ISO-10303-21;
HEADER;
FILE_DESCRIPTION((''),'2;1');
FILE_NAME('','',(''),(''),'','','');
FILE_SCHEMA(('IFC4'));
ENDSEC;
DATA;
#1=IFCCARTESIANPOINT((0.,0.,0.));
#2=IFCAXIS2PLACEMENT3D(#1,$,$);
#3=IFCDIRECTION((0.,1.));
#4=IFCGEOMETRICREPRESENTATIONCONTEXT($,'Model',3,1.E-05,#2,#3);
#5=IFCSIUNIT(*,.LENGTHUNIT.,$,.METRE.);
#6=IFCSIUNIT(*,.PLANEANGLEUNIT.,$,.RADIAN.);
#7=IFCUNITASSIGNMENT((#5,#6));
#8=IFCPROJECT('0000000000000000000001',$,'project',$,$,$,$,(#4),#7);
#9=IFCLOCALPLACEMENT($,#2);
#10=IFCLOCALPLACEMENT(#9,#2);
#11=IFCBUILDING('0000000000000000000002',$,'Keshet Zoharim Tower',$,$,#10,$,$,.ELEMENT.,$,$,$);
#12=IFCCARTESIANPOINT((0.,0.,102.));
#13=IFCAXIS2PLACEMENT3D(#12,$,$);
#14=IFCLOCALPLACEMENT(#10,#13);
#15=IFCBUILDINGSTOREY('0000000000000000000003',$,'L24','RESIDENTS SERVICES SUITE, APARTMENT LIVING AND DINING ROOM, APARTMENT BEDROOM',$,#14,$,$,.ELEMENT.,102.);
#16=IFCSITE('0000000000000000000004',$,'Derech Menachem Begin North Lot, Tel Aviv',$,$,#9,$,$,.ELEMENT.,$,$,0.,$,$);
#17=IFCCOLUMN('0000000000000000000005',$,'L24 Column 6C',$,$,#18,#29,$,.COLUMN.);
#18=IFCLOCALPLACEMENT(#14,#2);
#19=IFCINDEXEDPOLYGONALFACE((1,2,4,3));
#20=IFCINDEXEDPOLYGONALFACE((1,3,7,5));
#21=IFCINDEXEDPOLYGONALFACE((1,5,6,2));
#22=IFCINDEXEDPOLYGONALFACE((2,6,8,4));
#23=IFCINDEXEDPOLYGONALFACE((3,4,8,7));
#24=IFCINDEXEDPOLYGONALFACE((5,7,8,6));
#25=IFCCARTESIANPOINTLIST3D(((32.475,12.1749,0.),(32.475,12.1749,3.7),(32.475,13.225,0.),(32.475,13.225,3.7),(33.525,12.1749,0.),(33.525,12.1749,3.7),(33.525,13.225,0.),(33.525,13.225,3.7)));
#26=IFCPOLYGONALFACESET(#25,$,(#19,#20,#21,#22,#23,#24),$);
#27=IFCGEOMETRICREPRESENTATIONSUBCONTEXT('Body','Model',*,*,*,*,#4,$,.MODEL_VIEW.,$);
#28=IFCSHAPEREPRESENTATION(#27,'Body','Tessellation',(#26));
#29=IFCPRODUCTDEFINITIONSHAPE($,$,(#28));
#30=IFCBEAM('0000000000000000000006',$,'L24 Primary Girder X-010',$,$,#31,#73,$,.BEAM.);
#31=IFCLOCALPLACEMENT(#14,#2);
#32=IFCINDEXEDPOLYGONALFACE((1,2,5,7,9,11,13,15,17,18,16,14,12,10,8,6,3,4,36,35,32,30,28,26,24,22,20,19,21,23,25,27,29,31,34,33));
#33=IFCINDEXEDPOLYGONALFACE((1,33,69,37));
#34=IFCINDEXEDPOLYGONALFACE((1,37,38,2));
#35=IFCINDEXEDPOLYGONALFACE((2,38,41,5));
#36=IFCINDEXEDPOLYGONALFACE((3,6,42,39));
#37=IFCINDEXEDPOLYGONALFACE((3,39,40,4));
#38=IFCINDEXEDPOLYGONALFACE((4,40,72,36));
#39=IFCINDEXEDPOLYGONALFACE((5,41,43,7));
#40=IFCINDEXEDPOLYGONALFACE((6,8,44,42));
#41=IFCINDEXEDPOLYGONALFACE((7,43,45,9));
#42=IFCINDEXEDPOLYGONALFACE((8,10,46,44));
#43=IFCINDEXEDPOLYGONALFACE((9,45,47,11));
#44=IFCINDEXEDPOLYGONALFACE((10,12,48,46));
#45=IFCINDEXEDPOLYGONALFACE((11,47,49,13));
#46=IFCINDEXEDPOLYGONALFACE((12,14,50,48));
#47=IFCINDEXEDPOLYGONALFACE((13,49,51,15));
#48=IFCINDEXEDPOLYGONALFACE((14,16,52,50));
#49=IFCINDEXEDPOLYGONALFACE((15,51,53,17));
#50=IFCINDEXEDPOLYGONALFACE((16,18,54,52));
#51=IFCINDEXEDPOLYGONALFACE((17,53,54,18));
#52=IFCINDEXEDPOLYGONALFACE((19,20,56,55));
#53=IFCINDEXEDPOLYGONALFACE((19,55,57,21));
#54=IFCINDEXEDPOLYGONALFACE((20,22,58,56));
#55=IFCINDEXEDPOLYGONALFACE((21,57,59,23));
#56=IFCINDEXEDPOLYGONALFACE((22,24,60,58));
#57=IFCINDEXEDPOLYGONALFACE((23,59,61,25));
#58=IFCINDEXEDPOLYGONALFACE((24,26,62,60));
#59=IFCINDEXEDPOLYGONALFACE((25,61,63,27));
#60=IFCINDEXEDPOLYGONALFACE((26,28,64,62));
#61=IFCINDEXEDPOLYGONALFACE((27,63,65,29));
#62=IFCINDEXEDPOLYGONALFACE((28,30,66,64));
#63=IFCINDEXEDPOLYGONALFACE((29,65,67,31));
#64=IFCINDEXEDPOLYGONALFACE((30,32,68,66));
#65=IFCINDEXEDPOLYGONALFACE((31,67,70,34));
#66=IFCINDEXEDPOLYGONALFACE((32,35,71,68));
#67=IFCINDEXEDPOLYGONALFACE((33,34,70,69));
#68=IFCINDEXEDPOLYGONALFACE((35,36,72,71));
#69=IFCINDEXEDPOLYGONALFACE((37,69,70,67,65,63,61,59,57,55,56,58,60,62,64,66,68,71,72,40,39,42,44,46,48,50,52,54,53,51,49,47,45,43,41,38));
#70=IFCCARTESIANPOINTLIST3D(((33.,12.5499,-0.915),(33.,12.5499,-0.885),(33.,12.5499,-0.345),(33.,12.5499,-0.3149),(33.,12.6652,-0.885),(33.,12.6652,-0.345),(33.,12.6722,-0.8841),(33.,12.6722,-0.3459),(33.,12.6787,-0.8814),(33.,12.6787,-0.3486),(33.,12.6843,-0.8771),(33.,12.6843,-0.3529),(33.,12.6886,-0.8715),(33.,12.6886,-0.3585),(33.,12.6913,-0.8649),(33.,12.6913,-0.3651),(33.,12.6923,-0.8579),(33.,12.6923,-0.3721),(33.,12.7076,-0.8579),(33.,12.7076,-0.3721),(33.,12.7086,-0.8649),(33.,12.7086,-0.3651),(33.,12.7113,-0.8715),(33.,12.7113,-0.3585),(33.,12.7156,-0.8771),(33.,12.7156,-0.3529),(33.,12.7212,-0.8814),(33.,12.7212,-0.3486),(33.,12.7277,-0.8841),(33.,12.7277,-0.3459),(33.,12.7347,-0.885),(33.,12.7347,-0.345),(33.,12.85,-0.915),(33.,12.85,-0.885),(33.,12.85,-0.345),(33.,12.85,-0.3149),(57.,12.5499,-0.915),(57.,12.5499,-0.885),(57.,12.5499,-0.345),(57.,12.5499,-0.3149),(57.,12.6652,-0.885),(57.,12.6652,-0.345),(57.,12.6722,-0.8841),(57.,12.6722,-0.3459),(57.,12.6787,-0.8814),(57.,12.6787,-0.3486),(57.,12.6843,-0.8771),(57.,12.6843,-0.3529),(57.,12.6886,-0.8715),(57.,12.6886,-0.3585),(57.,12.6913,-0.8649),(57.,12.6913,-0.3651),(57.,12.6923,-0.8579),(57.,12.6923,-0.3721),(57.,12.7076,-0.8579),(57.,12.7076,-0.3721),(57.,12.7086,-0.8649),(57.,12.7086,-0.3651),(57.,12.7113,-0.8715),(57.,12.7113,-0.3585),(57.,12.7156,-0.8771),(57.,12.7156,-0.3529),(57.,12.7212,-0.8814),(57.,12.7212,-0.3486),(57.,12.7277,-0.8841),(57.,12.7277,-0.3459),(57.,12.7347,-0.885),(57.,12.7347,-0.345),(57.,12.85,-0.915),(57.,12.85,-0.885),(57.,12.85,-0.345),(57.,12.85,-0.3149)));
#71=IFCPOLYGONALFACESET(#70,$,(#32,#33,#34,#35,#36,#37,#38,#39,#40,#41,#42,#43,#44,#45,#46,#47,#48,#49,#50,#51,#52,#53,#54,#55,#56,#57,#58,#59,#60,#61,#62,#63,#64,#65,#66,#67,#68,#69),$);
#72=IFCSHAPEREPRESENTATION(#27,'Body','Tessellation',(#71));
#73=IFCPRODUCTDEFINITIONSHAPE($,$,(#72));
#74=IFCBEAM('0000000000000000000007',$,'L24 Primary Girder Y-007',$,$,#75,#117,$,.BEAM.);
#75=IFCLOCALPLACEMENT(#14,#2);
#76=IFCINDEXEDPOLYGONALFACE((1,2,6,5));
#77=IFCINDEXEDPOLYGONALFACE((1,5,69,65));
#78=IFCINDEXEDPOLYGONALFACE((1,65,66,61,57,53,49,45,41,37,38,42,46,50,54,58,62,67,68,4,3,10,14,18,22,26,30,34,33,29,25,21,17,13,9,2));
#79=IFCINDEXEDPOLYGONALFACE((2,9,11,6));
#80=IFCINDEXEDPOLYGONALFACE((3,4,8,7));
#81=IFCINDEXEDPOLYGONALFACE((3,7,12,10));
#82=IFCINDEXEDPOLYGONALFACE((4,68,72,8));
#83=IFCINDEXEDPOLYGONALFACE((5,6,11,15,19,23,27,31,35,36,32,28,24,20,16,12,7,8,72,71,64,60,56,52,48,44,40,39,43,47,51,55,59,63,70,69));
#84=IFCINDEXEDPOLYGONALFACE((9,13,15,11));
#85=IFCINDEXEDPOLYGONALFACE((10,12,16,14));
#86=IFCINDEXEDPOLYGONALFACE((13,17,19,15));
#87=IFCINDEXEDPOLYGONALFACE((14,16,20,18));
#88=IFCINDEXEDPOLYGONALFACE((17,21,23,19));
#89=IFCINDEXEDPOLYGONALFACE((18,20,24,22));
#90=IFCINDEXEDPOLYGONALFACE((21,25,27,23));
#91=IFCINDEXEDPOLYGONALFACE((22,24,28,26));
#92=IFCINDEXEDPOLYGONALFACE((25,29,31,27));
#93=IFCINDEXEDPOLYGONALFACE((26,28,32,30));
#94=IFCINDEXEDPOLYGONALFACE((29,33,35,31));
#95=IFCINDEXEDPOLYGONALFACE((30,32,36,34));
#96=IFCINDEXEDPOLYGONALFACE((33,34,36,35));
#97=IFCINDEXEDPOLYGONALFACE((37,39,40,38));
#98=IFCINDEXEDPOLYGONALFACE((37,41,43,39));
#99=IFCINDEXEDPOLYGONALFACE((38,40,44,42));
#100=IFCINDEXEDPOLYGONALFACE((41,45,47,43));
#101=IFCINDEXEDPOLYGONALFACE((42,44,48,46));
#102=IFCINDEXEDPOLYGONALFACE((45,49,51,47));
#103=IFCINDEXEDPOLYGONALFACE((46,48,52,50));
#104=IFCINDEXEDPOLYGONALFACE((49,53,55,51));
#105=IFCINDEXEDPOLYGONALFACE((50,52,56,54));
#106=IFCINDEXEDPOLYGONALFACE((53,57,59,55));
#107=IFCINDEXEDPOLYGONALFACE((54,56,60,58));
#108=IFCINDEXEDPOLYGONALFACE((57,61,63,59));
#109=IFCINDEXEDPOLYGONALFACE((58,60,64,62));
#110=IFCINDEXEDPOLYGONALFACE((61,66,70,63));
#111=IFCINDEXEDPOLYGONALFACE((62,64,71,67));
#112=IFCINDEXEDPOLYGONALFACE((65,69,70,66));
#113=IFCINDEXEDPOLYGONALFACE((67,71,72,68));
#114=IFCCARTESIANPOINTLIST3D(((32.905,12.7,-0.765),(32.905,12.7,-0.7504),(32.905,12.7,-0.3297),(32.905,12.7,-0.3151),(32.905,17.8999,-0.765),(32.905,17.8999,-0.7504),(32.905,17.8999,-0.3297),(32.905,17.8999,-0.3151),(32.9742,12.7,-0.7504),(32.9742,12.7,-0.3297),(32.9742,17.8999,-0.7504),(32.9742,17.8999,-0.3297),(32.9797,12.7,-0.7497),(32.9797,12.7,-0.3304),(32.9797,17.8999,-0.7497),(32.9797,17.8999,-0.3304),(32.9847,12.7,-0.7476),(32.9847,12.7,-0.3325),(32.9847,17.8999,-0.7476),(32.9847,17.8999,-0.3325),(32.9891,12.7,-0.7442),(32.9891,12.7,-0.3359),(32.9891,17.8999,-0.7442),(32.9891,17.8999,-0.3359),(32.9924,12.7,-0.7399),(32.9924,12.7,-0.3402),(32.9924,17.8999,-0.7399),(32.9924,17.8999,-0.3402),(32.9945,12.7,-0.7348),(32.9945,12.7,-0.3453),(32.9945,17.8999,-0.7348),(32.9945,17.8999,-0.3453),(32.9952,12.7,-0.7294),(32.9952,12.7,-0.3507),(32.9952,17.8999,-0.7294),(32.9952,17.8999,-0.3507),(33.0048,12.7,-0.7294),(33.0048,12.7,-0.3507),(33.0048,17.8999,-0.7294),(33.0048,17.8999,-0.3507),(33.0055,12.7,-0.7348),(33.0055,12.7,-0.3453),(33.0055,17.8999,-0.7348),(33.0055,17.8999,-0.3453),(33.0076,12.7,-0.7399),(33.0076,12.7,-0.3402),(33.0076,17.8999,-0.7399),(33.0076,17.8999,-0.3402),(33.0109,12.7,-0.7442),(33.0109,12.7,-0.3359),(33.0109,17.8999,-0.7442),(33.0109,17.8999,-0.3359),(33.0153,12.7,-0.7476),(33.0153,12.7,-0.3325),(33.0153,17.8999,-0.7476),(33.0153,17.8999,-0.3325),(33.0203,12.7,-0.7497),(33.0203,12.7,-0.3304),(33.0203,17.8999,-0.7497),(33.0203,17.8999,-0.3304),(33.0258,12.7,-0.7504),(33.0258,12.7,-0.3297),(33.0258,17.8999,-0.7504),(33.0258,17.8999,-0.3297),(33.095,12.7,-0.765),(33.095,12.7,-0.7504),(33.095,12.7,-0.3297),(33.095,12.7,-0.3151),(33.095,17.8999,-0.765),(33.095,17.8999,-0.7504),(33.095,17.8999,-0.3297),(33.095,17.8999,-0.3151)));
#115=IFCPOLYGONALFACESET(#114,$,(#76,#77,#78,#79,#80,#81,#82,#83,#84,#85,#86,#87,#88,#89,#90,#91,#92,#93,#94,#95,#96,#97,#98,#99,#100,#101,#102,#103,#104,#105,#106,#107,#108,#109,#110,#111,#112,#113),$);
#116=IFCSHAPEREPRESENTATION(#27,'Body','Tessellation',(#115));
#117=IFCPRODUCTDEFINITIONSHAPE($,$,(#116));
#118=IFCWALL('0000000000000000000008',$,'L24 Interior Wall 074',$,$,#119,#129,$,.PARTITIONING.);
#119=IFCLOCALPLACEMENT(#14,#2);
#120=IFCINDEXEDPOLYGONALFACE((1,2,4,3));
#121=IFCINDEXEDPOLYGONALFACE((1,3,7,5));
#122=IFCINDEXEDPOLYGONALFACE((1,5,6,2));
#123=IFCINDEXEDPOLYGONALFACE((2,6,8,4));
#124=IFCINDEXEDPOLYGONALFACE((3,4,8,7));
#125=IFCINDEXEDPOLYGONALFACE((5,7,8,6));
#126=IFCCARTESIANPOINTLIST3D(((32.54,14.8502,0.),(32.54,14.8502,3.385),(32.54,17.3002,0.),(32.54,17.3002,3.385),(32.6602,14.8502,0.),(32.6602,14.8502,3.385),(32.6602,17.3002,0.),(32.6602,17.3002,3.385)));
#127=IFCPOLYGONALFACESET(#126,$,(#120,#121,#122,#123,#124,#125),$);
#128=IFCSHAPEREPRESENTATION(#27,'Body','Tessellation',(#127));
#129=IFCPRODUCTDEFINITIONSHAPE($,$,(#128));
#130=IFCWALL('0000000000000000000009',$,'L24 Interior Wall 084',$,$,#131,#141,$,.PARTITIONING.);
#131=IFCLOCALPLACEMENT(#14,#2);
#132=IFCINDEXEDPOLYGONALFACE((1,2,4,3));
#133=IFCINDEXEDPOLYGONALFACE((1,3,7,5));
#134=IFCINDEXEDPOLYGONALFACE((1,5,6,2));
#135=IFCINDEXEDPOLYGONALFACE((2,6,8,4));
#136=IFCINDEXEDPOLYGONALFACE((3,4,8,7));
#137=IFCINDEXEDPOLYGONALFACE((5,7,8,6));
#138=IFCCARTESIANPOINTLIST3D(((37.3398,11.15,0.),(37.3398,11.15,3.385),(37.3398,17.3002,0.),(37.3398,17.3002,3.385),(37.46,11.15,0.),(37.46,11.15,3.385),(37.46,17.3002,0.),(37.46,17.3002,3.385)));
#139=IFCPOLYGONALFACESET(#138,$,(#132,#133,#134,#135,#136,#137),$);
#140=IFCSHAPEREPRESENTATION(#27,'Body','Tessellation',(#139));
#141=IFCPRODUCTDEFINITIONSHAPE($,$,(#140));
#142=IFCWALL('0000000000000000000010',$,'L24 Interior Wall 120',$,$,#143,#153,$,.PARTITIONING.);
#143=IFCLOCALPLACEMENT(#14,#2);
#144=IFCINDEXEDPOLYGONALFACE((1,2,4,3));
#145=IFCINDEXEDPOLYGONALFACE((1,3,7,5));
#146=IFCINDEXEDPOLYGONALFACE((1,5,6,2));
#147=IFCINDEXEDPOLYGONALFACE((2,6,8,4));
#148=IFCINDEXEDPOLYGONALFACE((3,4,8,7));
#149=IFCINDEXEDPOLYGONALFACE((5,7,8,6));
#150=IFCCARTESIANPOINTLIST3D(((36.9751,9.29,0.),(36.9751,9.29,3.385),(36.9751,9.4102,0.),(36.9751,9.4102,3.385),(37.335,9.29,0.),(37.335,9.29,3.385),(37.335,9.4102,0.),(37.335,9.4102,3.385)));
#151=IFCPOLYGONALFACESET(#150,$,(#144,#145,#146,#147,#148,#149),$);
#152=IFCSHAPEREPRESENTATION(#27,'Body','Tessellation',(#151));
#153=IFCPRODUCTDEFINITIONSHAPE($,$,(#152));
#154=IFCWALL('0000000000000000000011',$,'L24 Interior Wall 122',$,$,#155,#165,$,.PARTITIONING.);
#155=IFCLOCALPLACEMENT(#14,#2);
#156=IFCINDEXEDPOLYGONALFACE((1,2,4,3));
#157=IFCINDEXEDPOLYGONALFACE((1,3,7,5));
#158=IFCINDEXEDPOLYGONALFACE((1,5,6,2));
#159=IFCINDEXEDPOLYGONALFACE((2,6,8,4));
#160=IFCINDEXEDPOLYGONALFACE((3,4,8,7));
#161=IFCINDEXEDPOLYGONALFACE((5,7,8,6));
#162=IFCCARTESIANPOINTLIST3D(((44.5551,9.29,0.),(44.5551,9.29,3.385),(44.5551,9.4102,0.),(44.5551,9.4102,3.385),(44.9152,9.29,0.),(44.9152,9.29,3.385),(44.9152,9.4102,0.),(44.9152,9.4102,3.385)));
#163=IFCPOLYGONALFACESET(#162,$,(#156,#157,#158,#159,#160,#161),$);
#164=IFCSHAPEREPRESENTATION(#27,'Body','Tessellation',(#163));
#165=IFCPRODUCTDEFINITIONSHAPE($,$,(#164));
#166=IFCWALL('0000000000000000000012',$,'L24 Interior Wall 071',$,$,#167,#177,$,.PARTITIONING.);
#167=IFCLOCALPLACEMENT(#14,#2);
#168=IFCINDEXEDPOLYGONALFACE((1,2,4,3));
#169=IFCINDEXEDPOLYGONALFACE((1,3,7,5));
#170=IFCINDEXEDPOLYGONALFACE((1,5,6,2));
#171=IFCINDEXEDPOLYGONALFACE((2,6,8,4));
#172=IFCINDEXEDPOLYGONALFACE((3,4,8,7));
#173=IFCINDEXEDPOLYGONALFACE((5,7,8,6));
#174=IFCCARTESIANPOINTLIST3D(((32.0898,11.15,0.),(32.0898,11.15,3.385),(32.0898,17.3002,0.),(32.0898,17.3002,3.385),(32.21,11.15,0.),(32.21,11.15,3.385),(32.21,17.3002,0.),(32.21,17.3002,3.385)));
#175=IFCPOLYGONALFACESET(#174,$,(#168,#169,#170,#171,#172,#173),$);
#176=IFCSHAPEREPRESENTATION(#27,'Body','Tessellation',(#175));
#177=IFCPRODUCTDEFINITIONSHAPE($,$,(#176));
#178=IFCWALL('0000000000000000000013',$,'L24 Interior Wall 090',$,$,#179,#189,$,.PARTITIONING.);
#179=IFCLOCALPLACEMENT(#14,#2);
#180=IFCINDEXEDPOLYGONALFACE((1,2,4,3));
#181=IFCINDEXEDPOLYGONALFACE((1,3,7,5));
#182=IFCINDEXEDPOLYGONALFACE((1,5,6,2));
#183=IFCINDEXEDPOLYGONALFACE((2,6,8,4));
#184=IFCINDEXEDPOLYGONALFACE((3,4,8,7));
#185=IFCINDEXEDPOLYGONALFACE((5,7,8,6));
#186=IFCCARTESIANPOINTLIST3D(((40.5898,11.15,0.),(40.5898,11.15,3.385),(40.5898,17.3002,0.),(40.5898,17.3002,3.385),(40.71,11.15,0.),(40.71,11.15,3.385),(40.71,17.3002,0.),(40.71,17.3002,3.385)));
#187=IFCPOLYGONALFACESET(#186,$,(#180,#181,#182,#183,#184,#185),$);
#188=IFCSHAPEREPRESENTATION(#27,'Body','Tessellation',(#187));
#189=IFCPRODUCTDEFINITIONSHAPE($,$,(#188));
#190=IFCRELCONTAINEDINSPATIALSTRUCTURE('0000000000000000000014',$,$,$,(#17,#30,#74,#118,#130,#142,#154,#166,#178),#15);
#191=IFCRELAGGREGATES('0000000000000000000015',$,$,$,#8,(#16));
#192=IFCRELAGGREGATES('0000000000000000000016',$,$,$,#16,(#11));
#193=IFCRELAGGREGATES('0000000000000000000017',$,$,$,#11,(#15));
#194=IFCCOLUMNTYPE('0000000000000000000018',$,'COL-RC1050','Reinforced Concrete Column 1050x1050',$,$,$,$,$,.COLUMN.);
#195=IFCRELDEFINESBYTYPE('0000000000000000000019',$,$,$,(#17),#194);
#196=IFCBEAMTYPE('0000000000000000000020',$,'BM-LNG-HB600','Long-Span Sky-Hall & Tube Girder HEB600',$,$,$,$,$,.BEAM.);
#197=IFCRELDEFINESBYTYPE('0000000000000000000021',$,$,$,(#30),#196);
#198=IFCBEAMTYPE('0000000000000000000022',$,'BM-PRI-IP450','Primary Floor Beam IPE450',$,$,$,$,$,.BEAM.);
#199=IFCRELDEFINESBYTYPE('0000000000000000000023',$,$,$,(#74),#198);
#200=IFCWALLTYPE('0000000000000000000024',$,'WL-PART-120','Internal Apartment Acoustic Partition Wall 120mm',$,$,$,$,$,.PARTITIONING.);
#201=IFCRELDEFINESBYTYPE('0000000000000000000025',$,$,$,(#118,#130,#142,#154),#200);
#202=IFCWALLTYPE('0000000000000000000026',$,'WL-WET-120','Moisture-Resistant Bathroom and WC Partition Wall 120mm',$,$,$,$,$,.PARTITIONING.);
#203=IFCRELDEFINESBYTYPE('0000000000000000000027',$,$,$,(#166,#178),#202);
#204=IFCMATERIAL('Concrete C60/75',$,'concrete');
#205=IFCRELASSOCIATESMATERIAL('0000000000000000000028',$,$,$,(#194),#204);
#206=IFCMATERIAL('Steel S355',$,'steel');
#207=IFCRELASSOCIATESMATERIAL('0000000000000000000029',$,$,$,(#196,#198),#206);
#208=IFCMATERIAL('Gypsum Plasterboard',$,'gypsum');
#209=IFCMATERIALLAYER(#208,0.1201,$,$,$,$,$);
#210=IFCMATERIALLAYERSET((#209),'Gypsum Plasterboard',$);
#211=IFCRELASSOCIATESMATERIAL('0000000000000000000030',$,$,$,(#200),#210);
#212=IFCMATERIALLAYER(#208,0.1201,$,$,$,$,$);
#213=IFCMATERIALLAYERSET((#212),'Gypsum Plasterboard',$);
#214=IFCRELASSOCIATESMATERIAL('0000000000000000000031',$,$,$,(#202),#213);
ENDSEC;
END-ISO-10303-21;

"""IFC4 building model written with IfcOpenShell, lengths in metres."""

from ifc_helpers import new_model, si_unit, direction, frame, frame_2d, origin, origin_2d, place, context, subcontext, project, spatial, rectangle, i_section, extrude, material, layer, layer_set, material_profile, profile_set, type_object, element, save


model = new_model("IFC4")

# Units and contexts
model_context = context("Model", 3, precision=1e-05, world=origin(), true_north=direction((0.0, 1.0)))
body_context = subcontext(model_context, "Body", "Model", "MODEL_VIEW")
ifc_project = project(units=[si_unit("LENGTHUNIT", "METRE"), si_unit("PLANEANGLEUNIT", "RADIAN")], contexts=[model_context])

# Site, building, storey
site_placement = place(None, origin())
site = spatial("IfcSite", under=ifc_project, at=site_placement, Name="Derech Menachem Begin North Lot, Tel Aviv", CompositionType="ELEMENT", RefElevation=0.0)
building_placement = place(site_placement, origin())
building = spatial("IfcBuilding", under=site, at=building_placement, Name="Keshet Zoharim Tower", CompositionType="ELEMENT")
storey_placement = place(building_placement, frame((0.0, 0.0, 102.0)))
storey = spatial("IfcBuildingStorey", under=building, at=storey_placement, Name="L24", Description="RESIDENTS SERVICES SUITE, APARTMENT LIVING AND DINING ROOM, APARTMENT BEDROOM", CompositionType="ELEMENT", Elevation=102.0)

# Column
ifc_material_1 = material(Name="Concrete C60/75", Category="concrete")
ifc_material_profile_1 = material_profile(ifc_material_1, rectangle(XDim=1.05, YDim=1.05, at=origin_2d()), Name="RC1050x1050")
ifc_profile_set_1 = profile_set([ifc_material_profile_1], Name="Concrete C60/75")
column_type = type_object("IfcColumnType", Name="COL-RC1050", Description="Reinforced Concrete Column 1050x1050", PredefinedType="COLUMN", material=ifc_profile_set_1)
column_placement = place(storey_placement, frame((33.0, 12.7, 0.0), z_axis=(0.0, 0.0, 1.0), x_axis=(1.0, 0.0, 0.0)))
element("IfcColumn", 1, at=column_placement, inside=storey, type_object=column_type, Name="L24 Column 6C", PredefinedType="COLUMN", context=body_context, shape_type="SweptSolid", body=[
    extrude(rectangle(XDim=1.05, YDim=1.05, at=origin_2d()), origin(), (0.0, 0.0, 1.0), 3.7),
])

# Beams
ifc_material_2 = material(Name="Steel S355", Category="steel")
ifc_material_profile_2 = material_profile(ifc_material_2, i_section(OverallWidth=0.3, OverallDepth=0.6001, WebThickness=0.0154, FlangeThickness=0.03, FilletRadius=0.0271, at=origin_2d()), Name="HEB600")
ifc_profile_set_2 = profile_set([ifc_material_profile_2], Name="Steel S355")
beam_type_1 = type_object("IfcBeamType", Name="BM-LNG-HB600", Description="Long-Span Sky-Hall & Tube Girder HEB600", PredefinedType="BEAM", material=ifc_profile_set_2)
beam_1_placement = place(storey_placement, frame((33.0, 12.7, -0.615), z_axis=(1.0, 0.0, 0.0), x_axis=(0.0, 1.0, 0.0)))
element("IfcBeam", 2, at=beam_1_placement, inside=storey, type_object=beam_type_1, Name="L24 Primary Girder X-010", PredefinedType="BEAM", context=body_context, shape_type="SweptSolid", body=[
    extrude(i_section(OverallWidth=0.3, OverallDepth=0.6001, WebThickness=0.0154, FlangeThickness=0.03, FilletRadius=0.0271, at=origin_2d()), origin(), (0.0, 0.0, 1.0), 24.0),
])
ifc_material_profile_3 = material_profile(ifc_material_2, i_section(OverallWidth=0.1899, OverallDepth=0.45, WebThickness=0.0095, FlangeThickness=0.0146, FilletRadius=0.021, at=origin_2d()), Name="IPE450")
ifc_profile_set_3 = profile_set([ifc_material_profile_3], Name="Steel S355")
beam_type_2 = type_object("IfcBeamType", Name="BM-PRI-IP450", Description="Primary Floor Beam IPE450", PredefinedType="BEAM", material=ifc_profile_set_3)
beam_2_placement = place(storey_placement, frame((33.0, 12.7, -0.54), z_axis=(0.0, 1.0, 0.0), x_axis=(-1.0, 0.0, 0.0)))
element("IfcBeam", 3, at=beam_2_placement, inside=storey, type_object=beam_type_2, Name="L24 Primary Girder Y-007", PredefinedType="BEAM", context=body_context, shape_type="SweptSolid", body=[
    extrude(i_section(OverallWidth=0.1899, OverallDepth=0.45, WebThickness=0.0095, FlangeThickness=0.0146, FilletRadius=0.021, at=origin_2d()), origin(), (0.0, 0.0, 1.0), 5.2),
])

# Shared definitions
ifc_material_3 = material(Name="Gypsum Plasterboard", Category="gypsum")

# Walls
ifc_layer_1 = layer(ifc_material_3, 0.1201)
ifc_layer_set_1 = layer_set([ifc_layer_1], Name="Gypsum Plasterboard")
wall_type_1 = type_object("IfcWallType", Name="WL-PART-120", Description="Internal Apartment Acoustic Partition Wall 120mm", PredefinedType="PARTITIONING", material=ifc_layer_set_1)
wall_1_placement = place(storey_placement, frame((32.6001, 14.8501, 0.0), z_axis=(0.0, 0.0, 1.0), x_axis=(0.0, 1.0, 0.0)))
element("IfcWall", 4, at=wall_1_placement, inside=storey, type_object=wall_type_1, Name="L24 Interior Wall 074", PredefinedType="PARTITIONING", context=body_context, shape_type="SweptSolid", body=[
    extrude(rectangle(XDim=2.45, YDim=0.1201, at=frame_2d((1.2251, 0.0))), origin(), (0.0, 0.0, 1.0), 3.385),
])
wall_2_placement = place(storey_placement, frame((37.3999, 11.1499, 0.0), z_axis=(0.0, 0.0, 1.0), x_axis=(0.0, 1.0, 0.0)))
element("IfcWall", 5, at=wall_2_placement, inside=storey, type_object=wall_type_1, Name="L24 Interior Wall 084", PredefinedType="PARTITIONING", context=body_context, shape_type="SweptSolid", body=[
    extrude(rectangle(XDim=6.1501, YDim=0.1201, at=frame_2d((3.0752, 0.0))), origin(), (0.0, 0.0, 1.0), 3.385),
])
wall_3_placement = place(storey_placement, frame((36.9751, 9.3501, 0.0), z_axis=(0.0, 0.0, 1.0), x_axis=(1.0, 0.0, 0.0)))
element("IfcWall", 6, at=wall_3_placement, inside=storey, type_object=wall_type_1, Name="L24 Interior Wall 120", PredefinedType="PARTITIONING", context=body_context, shape_type="SweptSolid", body=[
    extrude(rectangle(XDim=0.3599, YDim=0.1201, at=frame_2d((0.1799, 0.0))), origin(), (0.0, 0.0, 1.0), 3.385),
])

# Wall
wall_4_placement = place(storey_placement, frame((44.5549, 9.3501, 0.0), z_axis=(0.0, 0.0, 1.0), x_axis=(1.0, 0.0, 0.0)))
element("IfcWall", 7, at=wall_4_placement, inside=storey, type_object=wall_type_1, Name="L24 Interior Wall 122", PredefinedType="PARTITIONING", context=body_context, shape_type="SweptSolid", body=[
    extrude(rectangle(XDim=0.3601, YDim=0.1201, at=frame_2d((0.1802, 0.0))), origin(), (0.0, 0.0, 1.0), 3.385),
])

# Walls
ifc_layer_2 = layer(ifc_material_3, 0.1201)
ifc_layer_set_2 = layer_set([ifc_layer_2], Name="Gypsum Plasterboard")
wall_type_2 = type_object("IfcWallType", Name="WL-WET-120", Description="Moisture-Resistant Bathroom and WC Partition Wall 120mm", PredefinedType="PARTITIONING", material=ifc_layer_set_2)
for number, where, z_axis, x_axis, name in (
    (8, (32.1499, 11.1499, 0.0), (0.0, 0.0, 1.0), (0.0, 1.0, 0.0), "L24 Interior Wall 071"),
    (9, (40.6499, 11.1499, 0.0), (0.0, 0.0, 1.0), (0.0, 1.0, 0.0), "L24 Interior Wall 090"),
):
    element("IfcWall", number, at=place(storey_placement, frame(where, z_axis=z_axis, x_axis=x_axis)), inside=storey, type_object=wall_type_2, Name=name, PredefinedType="PARTITIONING", context=body_context, shape_type="SweptSolid", body=[
        extrude(rectangle(XDim=6.1501, YDim=0.1201, at=frame_2d((3.0752, 0.0))), origin(), (0.0, 0.0, 1.0), 3.385),
    ])

save(model, "model.ifc")
